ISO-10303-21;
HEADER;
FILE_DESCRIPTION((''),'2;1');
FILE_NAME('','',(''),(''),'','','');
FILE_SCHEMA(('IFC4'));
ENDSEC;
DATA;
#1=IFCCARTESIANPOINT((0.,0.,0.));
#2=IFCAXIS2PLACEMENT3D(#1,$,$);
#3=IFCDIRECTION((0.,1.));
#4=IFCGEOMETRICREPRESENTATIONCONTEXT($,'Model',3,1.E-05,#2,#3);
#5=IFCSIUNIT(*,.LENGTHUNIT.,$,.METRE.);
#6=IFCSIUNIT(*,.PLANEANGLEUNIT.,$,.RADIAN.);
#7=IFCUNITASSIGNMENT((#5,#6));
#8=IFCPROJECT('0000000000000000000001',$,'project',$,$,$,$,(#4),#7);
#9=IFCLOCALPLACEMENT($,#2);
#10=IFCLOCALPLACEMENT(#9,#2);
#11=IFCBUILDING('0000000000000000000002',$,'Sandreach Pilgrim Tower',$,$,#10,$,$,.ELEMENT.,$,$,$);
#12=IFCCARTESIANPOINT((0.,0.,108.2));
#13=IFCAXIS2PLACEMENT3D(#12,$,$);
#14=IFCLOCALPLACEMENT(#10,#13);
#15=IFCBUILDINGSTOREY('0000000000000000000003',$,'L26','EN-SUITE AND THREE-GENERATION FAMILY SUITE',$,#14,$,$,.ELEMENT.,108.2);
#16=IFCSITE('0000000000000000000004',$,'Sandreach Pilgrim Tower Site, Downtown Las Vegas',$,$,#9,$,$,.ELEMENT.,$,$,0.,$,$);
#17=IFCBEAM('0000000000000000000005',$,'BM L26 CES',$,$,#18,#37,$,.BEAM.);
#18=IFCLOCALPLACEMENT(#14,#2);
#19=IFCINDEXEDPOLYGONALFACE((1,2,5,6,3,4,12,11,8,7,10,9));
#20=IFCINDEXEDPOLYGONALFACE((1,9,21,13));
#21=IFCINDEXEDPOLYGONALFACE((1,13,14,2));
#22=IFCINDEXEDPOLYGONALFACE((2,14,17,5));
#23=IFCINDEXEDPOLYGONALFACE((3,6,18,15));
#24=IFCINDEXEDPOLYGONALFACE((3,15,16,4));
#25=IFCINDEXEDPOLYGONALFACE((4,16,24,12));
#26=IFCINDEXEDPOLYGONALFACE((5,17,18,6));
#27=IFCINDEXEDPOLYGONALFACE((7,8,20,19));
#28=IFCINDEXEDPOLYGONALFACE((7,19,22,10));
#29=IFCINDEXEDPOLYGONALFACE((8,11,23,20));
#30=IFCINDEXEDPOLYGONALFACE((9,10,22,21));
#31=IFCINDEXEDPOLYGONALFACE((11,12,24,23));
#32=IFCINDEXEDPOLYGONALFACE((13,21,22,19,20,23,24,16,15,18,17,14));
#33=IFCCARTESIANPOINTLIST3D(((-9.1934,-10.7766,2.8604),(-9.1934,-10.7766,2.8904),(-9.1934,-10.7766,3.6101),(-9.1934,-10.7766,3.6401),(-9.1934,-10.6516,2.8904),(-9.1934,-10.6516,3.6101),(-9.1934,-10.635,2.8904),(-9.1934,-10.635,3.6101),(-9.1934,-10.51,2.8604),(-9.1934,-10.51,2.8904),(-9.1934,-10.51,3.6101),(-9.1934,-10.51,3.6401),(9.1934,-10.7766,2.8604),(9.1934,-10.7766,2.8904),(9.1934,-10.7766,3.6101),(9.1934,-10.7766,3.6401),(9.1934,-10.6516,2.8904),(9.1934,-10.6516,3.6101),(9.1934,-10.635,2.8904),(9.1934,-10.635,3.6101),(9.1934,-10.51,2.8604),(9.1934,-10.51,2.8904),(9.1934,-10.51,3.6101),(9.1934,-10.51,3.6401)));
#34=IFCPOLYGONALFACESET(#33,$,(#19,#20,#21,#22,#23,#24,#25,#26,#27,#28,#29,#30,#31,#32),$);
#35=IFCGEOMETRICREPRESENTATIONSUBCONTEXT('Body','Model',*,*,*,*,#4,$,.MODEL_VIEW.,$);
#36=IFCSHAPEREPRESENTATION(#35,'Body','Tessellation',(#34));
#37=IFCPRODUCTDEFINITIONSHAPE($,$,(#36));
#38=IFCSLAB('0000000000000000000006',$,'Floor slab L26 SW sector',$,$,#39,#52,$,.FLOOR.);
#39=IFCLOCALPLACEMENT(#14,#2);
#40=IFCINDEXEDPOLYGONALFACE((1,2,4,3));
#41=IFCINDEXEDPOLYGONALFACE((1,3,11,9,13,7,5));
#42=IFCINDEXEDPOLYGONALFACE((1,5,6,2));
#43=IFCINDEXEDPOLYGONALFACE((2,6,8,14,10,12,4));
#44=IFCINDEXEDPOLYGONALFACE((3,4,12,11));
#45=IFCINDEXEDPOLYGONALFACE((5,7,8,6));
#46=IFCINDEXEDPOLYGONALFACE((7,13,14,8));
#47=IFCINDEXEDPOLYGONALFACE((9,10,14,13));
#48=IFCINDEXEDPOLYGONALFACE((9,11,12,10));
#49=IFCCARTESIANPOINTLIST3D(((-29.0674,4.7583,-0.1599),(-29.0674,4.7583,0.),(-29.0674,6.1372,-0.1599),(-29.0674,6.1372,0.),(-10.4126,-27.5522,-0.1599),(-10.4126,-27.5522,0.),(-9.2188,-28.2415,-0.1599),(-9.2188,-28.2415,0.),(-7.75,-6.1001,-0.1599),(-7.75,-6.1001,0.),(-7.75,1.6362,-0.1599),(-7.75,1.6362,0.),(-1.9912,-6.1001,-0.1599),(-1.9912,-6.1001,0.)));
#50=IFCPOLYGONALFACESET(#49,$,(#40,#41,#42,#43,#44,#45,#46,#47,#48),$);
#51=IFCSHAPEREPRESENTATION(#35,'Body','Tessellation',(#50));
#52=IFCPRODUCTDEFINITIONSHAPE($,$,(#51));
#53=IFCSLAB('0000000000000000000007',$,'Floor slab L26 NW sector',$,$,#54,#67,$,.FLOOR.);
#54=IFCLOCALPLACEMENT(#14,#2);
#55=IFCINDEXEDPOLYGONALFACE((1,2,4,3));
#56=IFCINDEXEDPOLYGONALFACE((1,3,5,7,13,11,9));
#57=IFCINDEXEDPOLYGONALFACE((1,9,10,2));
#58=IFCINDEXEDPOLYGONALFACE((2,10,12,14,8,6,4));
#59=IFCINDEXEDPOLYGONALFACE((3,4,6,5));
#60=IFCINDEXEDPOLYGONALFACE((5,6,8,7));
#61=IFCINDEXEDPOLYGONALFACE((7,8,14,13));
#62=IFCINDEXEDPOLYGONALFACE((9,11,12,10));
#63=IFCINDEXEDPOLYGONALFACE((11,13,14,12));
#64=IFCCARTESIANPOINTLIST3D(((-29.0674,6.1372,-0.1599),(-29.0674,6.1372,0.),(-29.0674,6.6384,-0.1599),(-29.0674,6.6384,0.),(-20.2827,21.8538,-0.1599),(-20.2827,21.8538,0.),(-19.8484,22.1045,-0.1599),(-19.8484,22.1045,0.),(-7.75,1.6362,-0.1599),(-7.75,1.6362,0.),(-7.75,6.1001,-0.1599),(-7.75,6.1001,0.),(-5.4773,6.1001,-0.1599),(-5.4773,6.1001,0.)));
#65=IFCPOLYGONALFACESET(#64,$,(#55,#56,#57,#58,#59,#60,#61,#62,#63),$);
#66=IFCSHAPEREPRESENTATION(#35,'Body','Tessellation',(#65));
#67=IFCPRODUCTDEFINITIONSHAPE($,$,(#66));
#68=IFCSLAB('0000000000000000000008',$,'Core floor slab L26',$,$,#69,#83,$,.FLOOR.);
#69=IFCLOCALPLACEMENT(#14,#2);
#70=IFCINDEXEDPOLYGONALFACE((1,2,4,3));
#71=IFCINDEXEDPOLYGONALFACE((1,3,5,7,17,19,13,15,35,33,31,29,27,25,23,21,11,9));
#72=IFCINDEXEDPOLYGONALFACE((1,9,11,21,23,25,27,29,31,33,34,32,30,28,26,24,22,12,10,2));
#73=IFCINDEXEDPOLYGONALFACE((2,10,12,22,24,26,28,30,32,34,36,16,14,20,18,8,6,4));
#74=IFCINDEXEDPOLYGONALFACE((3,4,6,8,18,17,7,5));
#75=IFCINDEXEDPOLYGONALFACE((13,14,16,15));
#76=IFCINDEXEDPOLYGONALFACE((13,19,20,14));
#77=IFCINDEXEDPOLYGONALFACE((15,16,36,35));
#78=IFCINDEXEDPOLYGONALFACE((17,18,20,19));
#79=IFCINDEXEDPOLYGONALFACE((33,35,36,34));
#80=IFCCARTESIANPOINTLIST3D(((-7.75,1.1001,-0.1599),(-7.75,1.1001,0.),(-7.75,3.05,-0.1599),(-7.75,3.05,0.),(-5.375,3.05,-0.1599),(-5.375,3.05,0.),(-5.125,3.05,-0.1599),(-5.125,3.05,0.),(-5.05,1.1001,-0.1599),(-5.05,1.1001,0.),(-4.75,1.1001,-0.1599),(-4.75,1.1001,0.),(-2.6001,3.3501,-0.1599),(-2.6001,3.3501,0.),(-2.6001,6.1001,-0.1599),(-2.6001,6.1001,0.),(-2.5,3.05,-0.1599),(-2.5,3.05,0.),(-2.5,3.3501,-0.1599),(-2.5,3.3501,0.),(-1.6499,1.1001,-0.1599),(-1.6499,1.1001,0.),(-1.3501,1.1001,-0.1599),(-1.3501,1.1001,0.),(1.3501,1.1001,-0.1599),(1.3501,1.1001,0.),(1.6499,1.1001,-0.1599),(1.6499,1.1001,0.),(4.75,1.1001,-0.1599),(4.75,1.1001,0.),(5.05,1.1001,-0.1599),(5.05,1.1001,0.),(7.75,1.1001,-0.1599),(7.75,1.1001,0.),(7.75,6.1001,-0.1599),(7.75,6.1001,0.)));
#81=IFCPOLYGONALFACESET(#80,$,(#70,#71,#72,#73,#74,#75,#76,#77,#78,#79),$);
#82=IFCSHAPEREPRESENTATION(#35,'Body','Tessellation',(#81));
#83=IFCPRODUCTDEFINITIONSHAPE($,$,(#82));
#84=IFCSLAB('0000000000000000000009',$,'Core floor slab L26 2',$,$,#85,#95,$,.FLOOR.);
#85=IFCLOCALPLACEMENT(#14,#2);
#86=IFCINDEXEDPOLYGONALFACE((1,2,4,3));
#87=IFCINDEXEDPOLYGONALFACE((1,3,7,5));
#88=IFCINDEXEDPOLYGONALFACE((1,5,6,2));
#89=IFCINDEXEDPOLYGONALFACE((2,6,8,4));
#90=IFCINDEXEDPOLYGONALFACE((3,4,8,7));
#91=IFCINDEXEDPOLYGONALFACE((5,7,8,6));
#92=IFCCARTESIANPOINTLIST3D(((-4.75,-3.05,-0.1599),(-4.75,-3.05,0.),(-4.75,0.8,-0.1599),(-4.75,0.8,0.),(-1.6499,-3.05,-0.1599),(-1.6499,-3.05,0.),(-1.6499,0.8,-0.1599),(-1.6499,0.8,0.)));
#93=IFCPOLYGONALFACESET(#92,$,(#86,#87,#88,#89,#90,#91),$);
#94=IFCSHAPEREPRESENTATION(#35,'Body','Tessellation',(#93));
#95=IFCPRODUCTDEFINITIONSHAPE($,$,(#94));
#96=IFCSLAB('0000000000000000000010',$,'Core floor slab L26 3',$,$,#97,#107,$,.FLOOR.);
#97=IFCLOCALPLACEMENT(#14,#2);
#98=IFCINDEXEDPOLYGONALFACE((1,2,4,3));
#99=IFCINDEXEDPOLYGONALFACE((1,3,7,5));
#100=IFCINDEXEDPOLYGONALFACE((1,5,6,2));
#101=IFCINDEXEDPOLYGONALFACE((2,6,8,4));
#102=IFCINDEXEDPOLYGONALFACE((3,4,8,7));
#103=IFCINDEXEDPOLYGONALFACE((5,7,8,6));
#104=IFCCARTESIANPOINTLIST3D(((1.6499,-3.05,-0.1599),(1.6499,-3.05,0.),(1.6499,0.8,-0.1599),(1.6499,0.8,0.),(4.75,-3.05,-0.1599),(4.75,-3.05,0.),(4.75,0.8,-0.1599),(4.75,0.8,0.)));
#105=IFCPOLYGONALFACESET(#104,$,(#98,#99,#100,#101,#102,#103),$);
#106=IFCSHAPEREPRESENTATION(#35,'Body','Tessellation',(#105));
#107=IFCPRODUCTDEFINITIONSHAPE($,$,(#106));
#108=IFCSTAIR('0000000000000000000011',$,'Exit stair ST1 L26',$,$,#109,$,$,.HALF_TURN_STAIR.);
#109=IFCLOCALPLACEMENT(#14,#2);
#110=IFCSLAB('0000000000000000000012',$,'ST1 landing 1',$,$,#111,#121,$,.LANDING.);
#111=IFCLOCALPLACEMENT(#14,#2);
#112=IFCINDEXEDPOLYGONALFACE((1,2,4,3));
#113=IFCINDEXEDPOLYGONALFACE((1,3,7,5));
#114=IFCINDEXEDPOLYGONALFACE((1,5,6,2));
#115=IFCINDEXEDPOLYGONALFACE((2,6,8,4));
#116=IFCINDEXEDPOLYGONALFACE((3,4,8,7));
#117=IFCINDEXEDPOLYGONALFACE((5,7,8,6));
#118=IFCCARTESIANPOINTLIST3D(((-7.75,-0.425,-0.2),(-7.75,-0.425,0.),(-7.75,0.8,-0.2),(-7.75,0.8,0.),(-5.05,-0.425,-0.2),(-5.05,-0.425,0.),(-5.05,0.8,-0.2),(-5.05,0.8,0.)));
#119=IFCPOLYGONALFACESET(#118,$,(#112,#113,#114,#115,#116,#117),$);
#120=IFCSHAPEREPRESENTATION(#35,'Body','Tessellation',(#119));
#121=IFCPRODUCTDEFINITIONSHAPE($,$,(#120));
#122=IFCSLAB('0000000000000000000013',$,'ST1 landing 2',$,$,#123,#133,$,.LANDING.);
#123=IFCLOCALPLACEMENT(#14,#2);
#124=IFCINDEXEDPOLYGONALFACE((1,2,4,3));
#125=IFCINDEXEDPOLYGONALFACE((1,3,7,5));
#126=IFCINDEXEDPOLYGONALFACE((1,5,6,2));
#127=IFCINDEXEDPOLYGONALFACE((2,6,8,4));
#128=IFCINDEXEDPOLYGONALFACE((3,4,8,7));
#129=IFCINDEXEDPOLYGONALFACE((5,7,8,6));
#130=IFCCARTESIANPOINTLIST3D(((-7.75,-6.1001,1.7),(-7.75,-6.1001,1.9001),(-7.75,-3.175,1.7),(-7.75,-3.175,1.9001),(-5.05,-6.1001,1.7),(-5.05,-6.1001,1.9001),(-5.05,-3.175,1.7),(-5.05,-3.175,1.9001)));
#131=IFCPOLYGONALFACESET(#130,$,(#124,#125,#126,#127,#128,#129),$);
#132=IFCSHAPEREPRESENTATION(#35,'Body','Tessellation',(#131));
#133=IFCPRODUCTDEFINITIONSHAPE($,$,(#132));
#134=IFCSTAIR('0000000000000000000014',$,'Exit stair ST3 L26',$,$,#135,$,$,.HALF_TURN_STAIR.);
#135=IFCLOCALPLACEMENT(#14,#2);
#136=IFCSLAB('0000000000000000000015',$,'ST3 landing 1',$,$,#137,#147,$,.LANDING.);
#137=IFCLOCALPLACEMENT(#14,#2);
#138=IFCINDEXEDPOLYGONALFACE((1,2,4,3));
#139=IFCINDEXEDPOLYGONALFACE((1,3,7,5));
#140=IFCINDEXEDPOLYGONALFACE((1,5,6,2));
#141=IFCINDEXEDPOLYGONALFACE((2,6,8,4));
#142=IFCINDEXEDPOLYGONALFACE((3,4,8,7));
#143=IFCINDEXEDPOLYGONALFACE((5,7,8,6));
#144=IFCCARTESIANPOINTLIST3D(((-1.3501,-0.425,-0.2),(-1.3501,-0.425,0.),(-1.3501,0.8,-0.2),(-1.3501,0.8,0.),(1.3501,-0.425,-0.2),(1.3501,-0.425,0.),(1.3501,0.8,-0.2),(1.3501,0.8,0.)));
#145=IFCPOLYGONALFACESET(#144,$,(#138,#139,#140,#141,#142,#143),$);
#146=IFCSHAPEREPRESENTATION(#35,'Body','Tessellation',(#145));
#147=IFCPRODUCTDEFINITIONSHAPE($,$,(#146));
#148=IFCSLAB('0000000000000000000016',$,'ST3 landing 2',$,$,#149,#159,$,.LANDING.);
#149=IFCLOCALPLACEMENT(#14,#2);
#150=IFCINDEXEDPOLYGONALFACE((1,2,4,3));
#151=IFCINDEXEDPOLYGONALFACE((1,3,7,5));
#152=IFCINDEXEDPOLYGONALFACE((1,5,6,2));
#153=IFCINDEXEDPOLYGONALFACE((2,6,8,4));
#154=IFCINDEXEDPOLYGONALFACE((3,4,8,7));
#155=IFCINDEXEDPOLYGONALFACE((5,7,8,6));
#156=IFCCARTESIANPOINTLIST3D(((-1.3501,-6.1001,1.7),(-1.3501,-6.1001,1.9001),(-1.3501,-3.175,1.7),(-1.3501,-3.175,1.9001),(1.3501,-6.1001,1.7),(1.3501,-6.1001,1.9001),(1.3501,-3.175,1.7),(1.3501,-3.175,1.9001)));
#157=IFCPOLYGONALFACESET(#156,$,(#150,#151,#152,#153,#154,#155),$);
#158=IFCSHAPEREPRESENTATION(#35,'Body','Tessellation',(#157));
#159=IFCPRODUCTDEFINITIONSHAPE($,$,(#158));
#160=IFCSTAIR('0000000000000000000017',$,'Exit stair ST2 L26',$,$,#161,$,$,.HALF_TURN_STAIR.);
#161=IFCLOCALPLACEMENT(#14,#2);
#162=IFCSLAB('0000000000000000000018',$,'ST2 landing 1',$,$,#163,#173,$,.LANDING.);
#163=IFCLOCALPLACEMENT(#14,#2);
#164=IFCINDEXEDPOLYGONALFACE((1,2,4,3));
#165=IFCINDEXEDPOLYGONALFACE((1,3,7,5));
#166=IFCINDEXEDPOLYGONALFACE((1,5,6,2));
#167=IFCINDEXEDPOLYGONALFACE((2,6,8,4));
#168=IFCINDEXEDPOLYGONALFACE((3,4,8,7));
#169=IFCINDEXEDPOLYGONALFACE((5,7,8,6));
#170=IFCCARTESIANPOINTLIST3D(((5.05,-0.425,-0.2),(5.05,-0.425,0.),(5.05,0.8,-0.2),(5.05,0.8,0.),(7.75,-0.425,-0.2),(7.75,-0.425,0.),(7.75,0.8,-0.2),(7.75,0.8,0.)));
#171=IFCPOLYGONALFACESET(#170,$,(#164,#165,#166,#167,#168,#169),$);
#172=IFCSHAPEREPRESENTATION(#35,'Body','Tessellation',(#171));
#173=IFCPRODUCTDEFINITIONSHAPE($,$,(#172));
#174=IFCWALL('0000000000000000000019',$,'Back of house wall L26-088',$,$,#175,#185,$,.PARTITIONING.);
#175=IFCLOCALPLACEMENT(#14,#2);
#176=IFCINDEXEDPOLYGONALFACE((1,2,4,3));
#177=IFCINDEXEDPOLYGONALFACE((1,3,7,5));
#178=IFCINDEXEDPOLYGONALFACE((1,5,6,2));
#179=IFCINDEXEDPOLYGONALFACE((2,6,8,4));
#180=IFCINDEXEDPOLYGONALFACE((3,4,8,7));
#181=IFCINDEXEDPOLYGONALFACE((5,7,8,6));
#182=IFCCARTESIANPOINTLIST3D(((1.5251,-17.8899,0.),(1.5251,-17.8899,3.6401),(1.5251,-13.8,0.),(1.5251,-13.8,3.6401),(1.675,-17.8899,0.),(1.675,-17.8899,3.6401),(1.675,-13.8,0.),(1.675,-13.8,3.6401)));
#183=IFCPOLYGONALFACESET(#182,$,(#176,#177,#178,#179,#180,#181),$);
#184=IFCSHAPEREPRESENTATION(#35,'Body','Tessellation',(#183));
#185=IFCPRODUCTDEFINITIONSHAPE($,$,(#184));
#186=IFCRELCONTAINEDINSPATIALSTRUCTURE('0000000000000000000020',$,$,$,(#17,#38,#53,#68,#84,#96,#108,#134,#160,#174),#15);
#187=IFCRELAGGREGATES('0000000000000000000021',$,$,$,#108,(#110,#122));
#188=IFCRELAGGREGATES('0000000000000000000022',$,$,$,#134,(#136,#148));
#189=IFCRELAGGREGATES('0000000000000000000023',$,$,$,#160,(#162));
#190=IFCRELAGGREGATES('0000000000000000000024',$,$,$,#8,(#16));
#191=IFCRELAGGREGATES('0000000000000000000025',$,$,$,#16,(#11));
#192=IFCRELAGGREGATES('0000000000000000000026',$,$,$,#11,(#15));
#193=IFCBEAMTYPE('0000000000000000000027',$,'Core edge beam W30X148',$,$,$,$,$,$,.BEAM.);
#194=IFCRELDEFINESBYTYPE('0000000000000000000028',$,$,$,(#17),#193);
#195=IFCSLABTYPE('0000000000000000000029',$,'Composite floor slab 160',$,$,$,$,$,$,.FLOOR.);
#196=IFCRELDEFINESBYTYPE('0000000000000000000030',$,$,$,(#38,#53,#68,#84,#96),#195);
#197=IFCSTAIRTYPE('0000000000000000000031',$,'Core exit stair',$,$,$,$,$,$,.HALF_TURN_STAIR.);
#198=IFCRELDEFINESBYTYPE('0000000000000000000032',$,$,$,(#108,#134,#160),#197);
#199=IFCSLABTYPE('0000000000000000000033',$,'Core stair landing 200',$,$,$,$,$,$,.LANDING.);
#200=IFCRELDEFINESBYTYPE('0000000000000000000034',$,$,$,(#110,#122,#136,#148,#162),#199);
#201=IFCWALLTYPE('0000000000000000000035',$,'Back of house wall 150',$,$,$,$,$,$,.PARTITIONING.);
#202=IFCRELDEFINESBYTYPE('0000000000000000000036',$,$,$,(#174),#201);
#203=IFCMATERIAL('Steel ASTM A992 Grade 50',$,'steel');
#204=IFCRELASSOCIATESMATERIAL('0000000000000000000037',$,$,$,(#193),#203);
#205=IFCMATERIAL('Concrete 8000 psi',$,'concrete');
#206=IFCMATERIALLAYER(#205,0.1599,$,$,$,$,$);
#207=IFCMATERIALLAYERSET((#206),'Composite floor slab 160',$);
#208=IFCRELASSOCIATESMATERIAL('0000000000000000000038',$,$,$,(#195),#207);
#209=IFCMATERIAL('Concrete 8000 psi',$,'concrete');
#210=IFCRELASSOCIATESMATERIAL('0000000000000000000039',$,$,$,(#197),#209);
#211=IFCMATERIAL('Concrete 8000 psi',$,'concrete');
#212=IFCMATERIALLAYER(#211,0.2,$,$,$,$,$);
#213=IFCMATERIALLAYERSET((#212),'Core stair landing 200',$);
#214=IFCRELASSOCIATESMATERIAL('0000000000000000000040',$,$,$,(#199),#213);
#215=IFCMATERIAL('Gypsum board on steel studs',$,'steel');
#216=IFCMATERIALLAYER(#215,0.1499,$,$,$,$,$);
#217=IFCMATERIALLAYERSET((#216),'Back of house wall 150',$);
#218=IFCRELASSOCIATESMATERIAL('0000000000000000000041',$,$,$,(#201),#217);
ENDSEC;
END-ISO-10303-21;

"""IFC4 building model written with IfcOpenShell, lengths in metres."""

from ifc_helpers import new_model, si_unit, direction, frame, frame_2d, origin, origin_2d, place, context, subcontext, project, spatial, polyline, rectangle, i_section, outline, extrude, material, layer, layer_set, material_profile, profile_set, type_object, element, aggregate, save


model = new_model("IFC4")

# Units and contexts
model_context = context("Model", 3, precision=1e-05, world=origin(), true_north=direction((0.0, 1.0)))
body_context = subcontext(model_context, "Body", "Model", "MODEL_VIEW")
ifc_project = project(units=[si_unit("LENGTHUNIT", "METRE"), si_unit("PLANEANGLEUNIT", "RADIAN")], contexts=[model_context])

# Site, building, storey
site_placement = place(None, origin())
site = spatial("IfcSite", under=ifc_project, at=site_placement, Name="Sandreach Pilgrim Tower Site, Downtown Las Vegas", CompositionType="ELEMENT", RefElevation=0.0)
building_placement = place(site_placement, origin())
building = spatial("IfcBuilding", under=site, at=building_placement, Name="Sandreach Pilgrim Tower", CompositionType="ELEMENT")
storey_placement = place(building_placement, frame((0.0, 0.0, 108.2)))
storey = spatial("IfcBuildingStorey", under=building, at=storey_placement, Name="L26", Description="EN-SUITE AND THREE-GENERATION FAMILY SUITE", CompositionType="ELEMENT", Elevation=108.2)

# Beam
ifc_material_1 = material(Name="Steel ASTM A992 Grade 50", Category="steel")
ifc_material_profile = material_profile(ifc_material_1, i_section(OverallWidth=0.2666, OverallDepth=0.7798, WebThickness=0.0166, FlangeThickness=0.03, at=origin_2d()), Name="W30X148")
ifc_profile_set = profile_set([ifc_material_profile], Name="Steel ASTM A992 Grade 50")
beam_type = type_object("IfcBeamType", Name="Core edge beam W30X148", PredefinedType="BEAM", material=ifc_profile_set)
beam_placement = place(storey_placement, frame((9.1934, -10.6433, 3.2502), z_axis=(-1.0, 0.0, 0.0), x_axis=(0.0, -1.0, 0.0)))
element("IfcBeam", 1, at=beam_placement, inside=storey, type_object=beam_type, Name="BM L26 CES", PredefinedType="BEAM", context=body_context, shape_type="SweptSolid", body=[
    extrude(i_section(OverallWidth=0.2666, OverallDepth=0.7798, WebThickness=0.0166, FlangeThickness=0.03, at=origin_2d()), origin(), (0.0, 0.0, 1.0), 18.3867),
])

# Slabs
ifc_material_2 = material(Name="Concrete 8000 psi", Category="concrete")
ifc_layer_1 = layer(ifc_material_2, 0.1599)
ifc_layer_set_1 = layer_set([ifc_layer_1], Name="Composite floor slab 160")
slab_type_1 = type_object("IfcSlabType", Name="Composite floor slab 160", PredefinedType="FLOOR", material=ifc_layer_set_1)
slab_1_placement = place(storey_placement, frame((0.0, 0.0, -0.1599)))
element("IfcSlab", 2, at=slab_1_placement, inside=storey, type_object=slab_type_1, Name="Floor slab L26 SW sector", PredefinedType="FLOOR", context=body_context, shape_type="SweptSolid", body=[
    extrude(outline(polyline([(-10.4126, -27.5522), (-29.0674, 4.7583), (-29.0674, 6.1372), (-7.75, 1.6362), (-7.75, -6.1001), (-1.9912, -6.1001), (-9.2188, -28.2415), (-10.4126, -27.5522)])), origin(), (0.0, 0.0, 1.0), 0.1599),
])
slab_2_placement = place(storey_placement, frame((0.0, 0.0, -0.1599)))
element("IfcSlab", 3, at=slab_2_placement, inside=storey, type_object=slab_type_1, Name="Floor slab L26 NW sector", PredefinedType="FLOOR", context=body_context, shape_type="SweptSolid", body=[
    extrude(outline(polyline([(-29.0674, 6.6384), (-20.2827, 21.8538), (-19.8484, 22.1045), (-5.4773, 6.1001), (-7.75, 6.1001), (-7.75, 1.6362), (-29.0674, 6.1372), (-29.0674, 6.6384)])), origin(), (0.0, 0.0, 1.0), 0.1599),
])
slab_3_placement = place(storey_placement, frame((0.0, 0.0, -0.1599)))
element("IfcSlab", 4, at=slab_3_placement, inside=storey, type_object=slab_type_1, Name="Core floor slab L26", PredefinedType="FLOOR", context=body_context, shape_type="SweptSolid", body=[
    extrude(outline(polyline([(-7.75, 3.05), (-5.375, 3.05), (-5.125, 3.05), (-2.5, 3.05), (-2.5, 3.3501), (-2.6001, 3.3501), (-2.6001, 6.1001), (7.75, 6.1001), (7.75, 1.1001), (5.05, 1.1001), (4.75, 1.1001), (1.6499, 1.1001), (1.3501, 1.1001), (-1.3501, 1.1001), (-1.6499, 1.1001), (-4.75, 1.1001), (-5.05, 1.1001), (-7.75, 1.1001), (-7.75, 3.05)])), origin(), (0.0, 0.0, 1.0), 0.1599),
])
slab_4_placement = place(storey_placement, frame((0.0, 0.0, -0.1599)))
element("IfcSlab", 5, at=slab_4_placement, inside=storey, type_object=slab_type_1, Name="Core floor slab L26 2", PredefinedType="FLOOR", context=body_context, shape_type="SweptSolid", body=[
    extrude(outline(polyline([(-1.6499, -3.05), (-4.75, -3.05), (-4.75, 0.8), (-1.6499, 0.8), (-1.6499, -3.05)])), origin(), (0.0, 0.0, 1.0), 0.1599),
])
slab_5_placement = place(storey_placement, frame((0.0, 0.0, -0.1599)))
element("IfcSlab", 6, at=slab_5_placement, inside=storey, type_object=slab_type_1, Name="Core floor slab L26 3", PredefinedType="FLOOR", context=body_context, shape_type="SweptSolid", body=[
    extrude(outline(polyline([(4.75, -3.05), (1.6499, -3.05), (1.6499, 0.8), (4.75, 0.8), (4.75, -3.05)])), origin(), (0.0, 0.0, 1.0), 0.1599),
])

# Stairs, slabs
ifc_material_3 = material(Name="Concrete 8000 psi", Category="concrete")
stair_type = type_object("IfcStairType", Name="Core exit stair", PredefinedType="HALF_TURN_STAIR", material=ifc_material_3)
stair_1_placement = place(storey_placement, origin())
stair_1 = element("IfcStair", 7, at=stair_1_placement, inside=storey, type_object=stair_type, Name="Exit stair ST1 L26", PredefinedType="HALF_TURN_STAIR")
ifc_material_4 = material(Name="Concrete 8000 psi", Category="concrete")
ifc_layer_2 = layer(ifc_material_4, 0.2)
ifc_layer_set_2 = layer_set([ifc_layer_2], Name="Core stair landing 200")
slab_type_2 = type_object("IfcSlabType", Name="Core stair landing 200", PredefinedType="LANDING", material=ifc_layer_set_2)
slab_6_placement = place(storey_placement, frame((0.0, 0.0, -0.2)))
slab_6 = element("IfcSlab", 8, at=slab_6_placement, type_object=slab_type_2, Name="ST1 landing 1", PredefinedType="LANDING", context=body_context, shape_type="SweptSolid", body=[
    extrude(outline(polyline([(-7.75, -0.425), (-5.05, -0.425), (-5.05, 0.8), (-7.75, 0.8), (-7.75, -0.425)])), origin(), (0.0, 0.0, 1.0), 0.2),
])
slab_7_placement = place(storey_placement, frame((0.0, 0.0, 1.7)))
slab_7 = element("IfcSlab", 9, at=slab_7_placement, type_object=slab_type_2, Name="ST1 landing 2", PredefinedType="LANDING", context=body_context, shape_type="SweptSolid", body=[
    extrude(outline(polyline([(-7.75, -6.1001), (-5.05, -6.1001), (-5.05, -3.175), (-7.75, -3.175), (-7.75, -6.1001)])), origin(), (0.0, 0.0, 1.0), 0.2002),
])
aggregate(stair_1, [slab_6, slab_7])
stair_2_placement = place(storey_placement, origin())
stair_2 = element("IfcStair", 10, at=stair_2_placement, inside=storey, type_object=stair_type, Name="Exit stair ST3 L26", PredefinedType="HALF_TURN_STAIR")
slab_8_placement = place(storey_placement, frame((0.0, 0.0, -0.2)))
slab_8 = element("IfcSlab", 11, at=slab_8_placement, type_object=slab_type_2, Name="ST3 landing 1", PredefinedType="LANDING", context=body_context, shape_type="SweptSolid", body=[
    extrude(outline(polyline([(-1.3501, -0.425), (1.3501, -0.425), (1.3501, 0.8), (-1.3501, 0.8), (-1.3501, -0.425)])), origin(), (0.0, 0.0, 1.0), 0.2),
])
slab_9_placement = place(storey_placement, frame((0.0, 0.0, 1.7)))
slab_9 = element("IfcSlab", 12, at=slab_9_placement, type_object=slab_type_2, Name="ST3 landing 2", PredefinedType="LANDING", context=body_context, shape_type="SweptSolid", body=[
    extrude(outline(polyline([(-1.3501, -6.1001), (1.3501, -6.1001), (1.3501, -3.175), (-1.3501, -3.175), (-1.3501, -6.1001)])), origin(), (0.0, 0.0, 1.0), 0.2002),
])

# Stair, slab
stair_3_placement = place(storey_placement, origin())
stair_3 = element("IfcStair", 13, at=stair_3_placement, inside=storey, type_object=stair_type, Name="Exit stair ST2 L26", PredefinedType="HALF_TURN_STAIR")
slab_10_placement = place(storey_placement, frame((0.0, 0.0, -0.2)))
slab_10 = element("IfcSlab", 14, at=slab_10_placement, type_object=slab_type_2, Name="ST2 landing 1", PredefinedType="LANDING", context=body_context, shape_type="SweptSolid", body=[
    extrude(outline(polyline([(5.05, -0.425), (7.75, -0.425), (7.75, 0.8), (5.05, 0.8), (5.05, -0.425)])), origin(), (0.0, 0.0, 1.0), 0.2),
])

# Wall
ifc_material_5 = material(Name="Gypsum board on steel studs", Category="steel")
ifc_layer_3 = layer(ifc_material_5, 0.1499)
ifc_layer_set_3 = layer_set([ifc_layer_3], Name="Back of house wall 150")
wall_type_1 = type_object("IfcWallType", Name="Back of house wall 150", PredefinedType="PARTITIONING", material=ifc_layer_set_3)
wall_1_placement = place(storey_placement, frame((1.6001, -13.8, 0.0), z_axis=(0.0, 0.0, 1.0), x_axis=(0.0, -1.0, 0.0)))
element("IfcWall", 15, at=wall_1_placement, inside=storey, type_object=wall_type_1, Name="Back of house wall L26-088", PredefinedType="PARTITIONING", context=body_context, shape_type="SweptSolid", body=[
    extrude(rectangle(XDim=4.0898, YDim=0.1499, at=frame_2d((2.0449, 0.0))), origin(), (0.0, 0.0, 1.0), 3.6401),
])

aggregate(stair_2, [slab_8, slab_9])
aggregate(stair_3, [slab_10])

save(model, "model.ifc")
